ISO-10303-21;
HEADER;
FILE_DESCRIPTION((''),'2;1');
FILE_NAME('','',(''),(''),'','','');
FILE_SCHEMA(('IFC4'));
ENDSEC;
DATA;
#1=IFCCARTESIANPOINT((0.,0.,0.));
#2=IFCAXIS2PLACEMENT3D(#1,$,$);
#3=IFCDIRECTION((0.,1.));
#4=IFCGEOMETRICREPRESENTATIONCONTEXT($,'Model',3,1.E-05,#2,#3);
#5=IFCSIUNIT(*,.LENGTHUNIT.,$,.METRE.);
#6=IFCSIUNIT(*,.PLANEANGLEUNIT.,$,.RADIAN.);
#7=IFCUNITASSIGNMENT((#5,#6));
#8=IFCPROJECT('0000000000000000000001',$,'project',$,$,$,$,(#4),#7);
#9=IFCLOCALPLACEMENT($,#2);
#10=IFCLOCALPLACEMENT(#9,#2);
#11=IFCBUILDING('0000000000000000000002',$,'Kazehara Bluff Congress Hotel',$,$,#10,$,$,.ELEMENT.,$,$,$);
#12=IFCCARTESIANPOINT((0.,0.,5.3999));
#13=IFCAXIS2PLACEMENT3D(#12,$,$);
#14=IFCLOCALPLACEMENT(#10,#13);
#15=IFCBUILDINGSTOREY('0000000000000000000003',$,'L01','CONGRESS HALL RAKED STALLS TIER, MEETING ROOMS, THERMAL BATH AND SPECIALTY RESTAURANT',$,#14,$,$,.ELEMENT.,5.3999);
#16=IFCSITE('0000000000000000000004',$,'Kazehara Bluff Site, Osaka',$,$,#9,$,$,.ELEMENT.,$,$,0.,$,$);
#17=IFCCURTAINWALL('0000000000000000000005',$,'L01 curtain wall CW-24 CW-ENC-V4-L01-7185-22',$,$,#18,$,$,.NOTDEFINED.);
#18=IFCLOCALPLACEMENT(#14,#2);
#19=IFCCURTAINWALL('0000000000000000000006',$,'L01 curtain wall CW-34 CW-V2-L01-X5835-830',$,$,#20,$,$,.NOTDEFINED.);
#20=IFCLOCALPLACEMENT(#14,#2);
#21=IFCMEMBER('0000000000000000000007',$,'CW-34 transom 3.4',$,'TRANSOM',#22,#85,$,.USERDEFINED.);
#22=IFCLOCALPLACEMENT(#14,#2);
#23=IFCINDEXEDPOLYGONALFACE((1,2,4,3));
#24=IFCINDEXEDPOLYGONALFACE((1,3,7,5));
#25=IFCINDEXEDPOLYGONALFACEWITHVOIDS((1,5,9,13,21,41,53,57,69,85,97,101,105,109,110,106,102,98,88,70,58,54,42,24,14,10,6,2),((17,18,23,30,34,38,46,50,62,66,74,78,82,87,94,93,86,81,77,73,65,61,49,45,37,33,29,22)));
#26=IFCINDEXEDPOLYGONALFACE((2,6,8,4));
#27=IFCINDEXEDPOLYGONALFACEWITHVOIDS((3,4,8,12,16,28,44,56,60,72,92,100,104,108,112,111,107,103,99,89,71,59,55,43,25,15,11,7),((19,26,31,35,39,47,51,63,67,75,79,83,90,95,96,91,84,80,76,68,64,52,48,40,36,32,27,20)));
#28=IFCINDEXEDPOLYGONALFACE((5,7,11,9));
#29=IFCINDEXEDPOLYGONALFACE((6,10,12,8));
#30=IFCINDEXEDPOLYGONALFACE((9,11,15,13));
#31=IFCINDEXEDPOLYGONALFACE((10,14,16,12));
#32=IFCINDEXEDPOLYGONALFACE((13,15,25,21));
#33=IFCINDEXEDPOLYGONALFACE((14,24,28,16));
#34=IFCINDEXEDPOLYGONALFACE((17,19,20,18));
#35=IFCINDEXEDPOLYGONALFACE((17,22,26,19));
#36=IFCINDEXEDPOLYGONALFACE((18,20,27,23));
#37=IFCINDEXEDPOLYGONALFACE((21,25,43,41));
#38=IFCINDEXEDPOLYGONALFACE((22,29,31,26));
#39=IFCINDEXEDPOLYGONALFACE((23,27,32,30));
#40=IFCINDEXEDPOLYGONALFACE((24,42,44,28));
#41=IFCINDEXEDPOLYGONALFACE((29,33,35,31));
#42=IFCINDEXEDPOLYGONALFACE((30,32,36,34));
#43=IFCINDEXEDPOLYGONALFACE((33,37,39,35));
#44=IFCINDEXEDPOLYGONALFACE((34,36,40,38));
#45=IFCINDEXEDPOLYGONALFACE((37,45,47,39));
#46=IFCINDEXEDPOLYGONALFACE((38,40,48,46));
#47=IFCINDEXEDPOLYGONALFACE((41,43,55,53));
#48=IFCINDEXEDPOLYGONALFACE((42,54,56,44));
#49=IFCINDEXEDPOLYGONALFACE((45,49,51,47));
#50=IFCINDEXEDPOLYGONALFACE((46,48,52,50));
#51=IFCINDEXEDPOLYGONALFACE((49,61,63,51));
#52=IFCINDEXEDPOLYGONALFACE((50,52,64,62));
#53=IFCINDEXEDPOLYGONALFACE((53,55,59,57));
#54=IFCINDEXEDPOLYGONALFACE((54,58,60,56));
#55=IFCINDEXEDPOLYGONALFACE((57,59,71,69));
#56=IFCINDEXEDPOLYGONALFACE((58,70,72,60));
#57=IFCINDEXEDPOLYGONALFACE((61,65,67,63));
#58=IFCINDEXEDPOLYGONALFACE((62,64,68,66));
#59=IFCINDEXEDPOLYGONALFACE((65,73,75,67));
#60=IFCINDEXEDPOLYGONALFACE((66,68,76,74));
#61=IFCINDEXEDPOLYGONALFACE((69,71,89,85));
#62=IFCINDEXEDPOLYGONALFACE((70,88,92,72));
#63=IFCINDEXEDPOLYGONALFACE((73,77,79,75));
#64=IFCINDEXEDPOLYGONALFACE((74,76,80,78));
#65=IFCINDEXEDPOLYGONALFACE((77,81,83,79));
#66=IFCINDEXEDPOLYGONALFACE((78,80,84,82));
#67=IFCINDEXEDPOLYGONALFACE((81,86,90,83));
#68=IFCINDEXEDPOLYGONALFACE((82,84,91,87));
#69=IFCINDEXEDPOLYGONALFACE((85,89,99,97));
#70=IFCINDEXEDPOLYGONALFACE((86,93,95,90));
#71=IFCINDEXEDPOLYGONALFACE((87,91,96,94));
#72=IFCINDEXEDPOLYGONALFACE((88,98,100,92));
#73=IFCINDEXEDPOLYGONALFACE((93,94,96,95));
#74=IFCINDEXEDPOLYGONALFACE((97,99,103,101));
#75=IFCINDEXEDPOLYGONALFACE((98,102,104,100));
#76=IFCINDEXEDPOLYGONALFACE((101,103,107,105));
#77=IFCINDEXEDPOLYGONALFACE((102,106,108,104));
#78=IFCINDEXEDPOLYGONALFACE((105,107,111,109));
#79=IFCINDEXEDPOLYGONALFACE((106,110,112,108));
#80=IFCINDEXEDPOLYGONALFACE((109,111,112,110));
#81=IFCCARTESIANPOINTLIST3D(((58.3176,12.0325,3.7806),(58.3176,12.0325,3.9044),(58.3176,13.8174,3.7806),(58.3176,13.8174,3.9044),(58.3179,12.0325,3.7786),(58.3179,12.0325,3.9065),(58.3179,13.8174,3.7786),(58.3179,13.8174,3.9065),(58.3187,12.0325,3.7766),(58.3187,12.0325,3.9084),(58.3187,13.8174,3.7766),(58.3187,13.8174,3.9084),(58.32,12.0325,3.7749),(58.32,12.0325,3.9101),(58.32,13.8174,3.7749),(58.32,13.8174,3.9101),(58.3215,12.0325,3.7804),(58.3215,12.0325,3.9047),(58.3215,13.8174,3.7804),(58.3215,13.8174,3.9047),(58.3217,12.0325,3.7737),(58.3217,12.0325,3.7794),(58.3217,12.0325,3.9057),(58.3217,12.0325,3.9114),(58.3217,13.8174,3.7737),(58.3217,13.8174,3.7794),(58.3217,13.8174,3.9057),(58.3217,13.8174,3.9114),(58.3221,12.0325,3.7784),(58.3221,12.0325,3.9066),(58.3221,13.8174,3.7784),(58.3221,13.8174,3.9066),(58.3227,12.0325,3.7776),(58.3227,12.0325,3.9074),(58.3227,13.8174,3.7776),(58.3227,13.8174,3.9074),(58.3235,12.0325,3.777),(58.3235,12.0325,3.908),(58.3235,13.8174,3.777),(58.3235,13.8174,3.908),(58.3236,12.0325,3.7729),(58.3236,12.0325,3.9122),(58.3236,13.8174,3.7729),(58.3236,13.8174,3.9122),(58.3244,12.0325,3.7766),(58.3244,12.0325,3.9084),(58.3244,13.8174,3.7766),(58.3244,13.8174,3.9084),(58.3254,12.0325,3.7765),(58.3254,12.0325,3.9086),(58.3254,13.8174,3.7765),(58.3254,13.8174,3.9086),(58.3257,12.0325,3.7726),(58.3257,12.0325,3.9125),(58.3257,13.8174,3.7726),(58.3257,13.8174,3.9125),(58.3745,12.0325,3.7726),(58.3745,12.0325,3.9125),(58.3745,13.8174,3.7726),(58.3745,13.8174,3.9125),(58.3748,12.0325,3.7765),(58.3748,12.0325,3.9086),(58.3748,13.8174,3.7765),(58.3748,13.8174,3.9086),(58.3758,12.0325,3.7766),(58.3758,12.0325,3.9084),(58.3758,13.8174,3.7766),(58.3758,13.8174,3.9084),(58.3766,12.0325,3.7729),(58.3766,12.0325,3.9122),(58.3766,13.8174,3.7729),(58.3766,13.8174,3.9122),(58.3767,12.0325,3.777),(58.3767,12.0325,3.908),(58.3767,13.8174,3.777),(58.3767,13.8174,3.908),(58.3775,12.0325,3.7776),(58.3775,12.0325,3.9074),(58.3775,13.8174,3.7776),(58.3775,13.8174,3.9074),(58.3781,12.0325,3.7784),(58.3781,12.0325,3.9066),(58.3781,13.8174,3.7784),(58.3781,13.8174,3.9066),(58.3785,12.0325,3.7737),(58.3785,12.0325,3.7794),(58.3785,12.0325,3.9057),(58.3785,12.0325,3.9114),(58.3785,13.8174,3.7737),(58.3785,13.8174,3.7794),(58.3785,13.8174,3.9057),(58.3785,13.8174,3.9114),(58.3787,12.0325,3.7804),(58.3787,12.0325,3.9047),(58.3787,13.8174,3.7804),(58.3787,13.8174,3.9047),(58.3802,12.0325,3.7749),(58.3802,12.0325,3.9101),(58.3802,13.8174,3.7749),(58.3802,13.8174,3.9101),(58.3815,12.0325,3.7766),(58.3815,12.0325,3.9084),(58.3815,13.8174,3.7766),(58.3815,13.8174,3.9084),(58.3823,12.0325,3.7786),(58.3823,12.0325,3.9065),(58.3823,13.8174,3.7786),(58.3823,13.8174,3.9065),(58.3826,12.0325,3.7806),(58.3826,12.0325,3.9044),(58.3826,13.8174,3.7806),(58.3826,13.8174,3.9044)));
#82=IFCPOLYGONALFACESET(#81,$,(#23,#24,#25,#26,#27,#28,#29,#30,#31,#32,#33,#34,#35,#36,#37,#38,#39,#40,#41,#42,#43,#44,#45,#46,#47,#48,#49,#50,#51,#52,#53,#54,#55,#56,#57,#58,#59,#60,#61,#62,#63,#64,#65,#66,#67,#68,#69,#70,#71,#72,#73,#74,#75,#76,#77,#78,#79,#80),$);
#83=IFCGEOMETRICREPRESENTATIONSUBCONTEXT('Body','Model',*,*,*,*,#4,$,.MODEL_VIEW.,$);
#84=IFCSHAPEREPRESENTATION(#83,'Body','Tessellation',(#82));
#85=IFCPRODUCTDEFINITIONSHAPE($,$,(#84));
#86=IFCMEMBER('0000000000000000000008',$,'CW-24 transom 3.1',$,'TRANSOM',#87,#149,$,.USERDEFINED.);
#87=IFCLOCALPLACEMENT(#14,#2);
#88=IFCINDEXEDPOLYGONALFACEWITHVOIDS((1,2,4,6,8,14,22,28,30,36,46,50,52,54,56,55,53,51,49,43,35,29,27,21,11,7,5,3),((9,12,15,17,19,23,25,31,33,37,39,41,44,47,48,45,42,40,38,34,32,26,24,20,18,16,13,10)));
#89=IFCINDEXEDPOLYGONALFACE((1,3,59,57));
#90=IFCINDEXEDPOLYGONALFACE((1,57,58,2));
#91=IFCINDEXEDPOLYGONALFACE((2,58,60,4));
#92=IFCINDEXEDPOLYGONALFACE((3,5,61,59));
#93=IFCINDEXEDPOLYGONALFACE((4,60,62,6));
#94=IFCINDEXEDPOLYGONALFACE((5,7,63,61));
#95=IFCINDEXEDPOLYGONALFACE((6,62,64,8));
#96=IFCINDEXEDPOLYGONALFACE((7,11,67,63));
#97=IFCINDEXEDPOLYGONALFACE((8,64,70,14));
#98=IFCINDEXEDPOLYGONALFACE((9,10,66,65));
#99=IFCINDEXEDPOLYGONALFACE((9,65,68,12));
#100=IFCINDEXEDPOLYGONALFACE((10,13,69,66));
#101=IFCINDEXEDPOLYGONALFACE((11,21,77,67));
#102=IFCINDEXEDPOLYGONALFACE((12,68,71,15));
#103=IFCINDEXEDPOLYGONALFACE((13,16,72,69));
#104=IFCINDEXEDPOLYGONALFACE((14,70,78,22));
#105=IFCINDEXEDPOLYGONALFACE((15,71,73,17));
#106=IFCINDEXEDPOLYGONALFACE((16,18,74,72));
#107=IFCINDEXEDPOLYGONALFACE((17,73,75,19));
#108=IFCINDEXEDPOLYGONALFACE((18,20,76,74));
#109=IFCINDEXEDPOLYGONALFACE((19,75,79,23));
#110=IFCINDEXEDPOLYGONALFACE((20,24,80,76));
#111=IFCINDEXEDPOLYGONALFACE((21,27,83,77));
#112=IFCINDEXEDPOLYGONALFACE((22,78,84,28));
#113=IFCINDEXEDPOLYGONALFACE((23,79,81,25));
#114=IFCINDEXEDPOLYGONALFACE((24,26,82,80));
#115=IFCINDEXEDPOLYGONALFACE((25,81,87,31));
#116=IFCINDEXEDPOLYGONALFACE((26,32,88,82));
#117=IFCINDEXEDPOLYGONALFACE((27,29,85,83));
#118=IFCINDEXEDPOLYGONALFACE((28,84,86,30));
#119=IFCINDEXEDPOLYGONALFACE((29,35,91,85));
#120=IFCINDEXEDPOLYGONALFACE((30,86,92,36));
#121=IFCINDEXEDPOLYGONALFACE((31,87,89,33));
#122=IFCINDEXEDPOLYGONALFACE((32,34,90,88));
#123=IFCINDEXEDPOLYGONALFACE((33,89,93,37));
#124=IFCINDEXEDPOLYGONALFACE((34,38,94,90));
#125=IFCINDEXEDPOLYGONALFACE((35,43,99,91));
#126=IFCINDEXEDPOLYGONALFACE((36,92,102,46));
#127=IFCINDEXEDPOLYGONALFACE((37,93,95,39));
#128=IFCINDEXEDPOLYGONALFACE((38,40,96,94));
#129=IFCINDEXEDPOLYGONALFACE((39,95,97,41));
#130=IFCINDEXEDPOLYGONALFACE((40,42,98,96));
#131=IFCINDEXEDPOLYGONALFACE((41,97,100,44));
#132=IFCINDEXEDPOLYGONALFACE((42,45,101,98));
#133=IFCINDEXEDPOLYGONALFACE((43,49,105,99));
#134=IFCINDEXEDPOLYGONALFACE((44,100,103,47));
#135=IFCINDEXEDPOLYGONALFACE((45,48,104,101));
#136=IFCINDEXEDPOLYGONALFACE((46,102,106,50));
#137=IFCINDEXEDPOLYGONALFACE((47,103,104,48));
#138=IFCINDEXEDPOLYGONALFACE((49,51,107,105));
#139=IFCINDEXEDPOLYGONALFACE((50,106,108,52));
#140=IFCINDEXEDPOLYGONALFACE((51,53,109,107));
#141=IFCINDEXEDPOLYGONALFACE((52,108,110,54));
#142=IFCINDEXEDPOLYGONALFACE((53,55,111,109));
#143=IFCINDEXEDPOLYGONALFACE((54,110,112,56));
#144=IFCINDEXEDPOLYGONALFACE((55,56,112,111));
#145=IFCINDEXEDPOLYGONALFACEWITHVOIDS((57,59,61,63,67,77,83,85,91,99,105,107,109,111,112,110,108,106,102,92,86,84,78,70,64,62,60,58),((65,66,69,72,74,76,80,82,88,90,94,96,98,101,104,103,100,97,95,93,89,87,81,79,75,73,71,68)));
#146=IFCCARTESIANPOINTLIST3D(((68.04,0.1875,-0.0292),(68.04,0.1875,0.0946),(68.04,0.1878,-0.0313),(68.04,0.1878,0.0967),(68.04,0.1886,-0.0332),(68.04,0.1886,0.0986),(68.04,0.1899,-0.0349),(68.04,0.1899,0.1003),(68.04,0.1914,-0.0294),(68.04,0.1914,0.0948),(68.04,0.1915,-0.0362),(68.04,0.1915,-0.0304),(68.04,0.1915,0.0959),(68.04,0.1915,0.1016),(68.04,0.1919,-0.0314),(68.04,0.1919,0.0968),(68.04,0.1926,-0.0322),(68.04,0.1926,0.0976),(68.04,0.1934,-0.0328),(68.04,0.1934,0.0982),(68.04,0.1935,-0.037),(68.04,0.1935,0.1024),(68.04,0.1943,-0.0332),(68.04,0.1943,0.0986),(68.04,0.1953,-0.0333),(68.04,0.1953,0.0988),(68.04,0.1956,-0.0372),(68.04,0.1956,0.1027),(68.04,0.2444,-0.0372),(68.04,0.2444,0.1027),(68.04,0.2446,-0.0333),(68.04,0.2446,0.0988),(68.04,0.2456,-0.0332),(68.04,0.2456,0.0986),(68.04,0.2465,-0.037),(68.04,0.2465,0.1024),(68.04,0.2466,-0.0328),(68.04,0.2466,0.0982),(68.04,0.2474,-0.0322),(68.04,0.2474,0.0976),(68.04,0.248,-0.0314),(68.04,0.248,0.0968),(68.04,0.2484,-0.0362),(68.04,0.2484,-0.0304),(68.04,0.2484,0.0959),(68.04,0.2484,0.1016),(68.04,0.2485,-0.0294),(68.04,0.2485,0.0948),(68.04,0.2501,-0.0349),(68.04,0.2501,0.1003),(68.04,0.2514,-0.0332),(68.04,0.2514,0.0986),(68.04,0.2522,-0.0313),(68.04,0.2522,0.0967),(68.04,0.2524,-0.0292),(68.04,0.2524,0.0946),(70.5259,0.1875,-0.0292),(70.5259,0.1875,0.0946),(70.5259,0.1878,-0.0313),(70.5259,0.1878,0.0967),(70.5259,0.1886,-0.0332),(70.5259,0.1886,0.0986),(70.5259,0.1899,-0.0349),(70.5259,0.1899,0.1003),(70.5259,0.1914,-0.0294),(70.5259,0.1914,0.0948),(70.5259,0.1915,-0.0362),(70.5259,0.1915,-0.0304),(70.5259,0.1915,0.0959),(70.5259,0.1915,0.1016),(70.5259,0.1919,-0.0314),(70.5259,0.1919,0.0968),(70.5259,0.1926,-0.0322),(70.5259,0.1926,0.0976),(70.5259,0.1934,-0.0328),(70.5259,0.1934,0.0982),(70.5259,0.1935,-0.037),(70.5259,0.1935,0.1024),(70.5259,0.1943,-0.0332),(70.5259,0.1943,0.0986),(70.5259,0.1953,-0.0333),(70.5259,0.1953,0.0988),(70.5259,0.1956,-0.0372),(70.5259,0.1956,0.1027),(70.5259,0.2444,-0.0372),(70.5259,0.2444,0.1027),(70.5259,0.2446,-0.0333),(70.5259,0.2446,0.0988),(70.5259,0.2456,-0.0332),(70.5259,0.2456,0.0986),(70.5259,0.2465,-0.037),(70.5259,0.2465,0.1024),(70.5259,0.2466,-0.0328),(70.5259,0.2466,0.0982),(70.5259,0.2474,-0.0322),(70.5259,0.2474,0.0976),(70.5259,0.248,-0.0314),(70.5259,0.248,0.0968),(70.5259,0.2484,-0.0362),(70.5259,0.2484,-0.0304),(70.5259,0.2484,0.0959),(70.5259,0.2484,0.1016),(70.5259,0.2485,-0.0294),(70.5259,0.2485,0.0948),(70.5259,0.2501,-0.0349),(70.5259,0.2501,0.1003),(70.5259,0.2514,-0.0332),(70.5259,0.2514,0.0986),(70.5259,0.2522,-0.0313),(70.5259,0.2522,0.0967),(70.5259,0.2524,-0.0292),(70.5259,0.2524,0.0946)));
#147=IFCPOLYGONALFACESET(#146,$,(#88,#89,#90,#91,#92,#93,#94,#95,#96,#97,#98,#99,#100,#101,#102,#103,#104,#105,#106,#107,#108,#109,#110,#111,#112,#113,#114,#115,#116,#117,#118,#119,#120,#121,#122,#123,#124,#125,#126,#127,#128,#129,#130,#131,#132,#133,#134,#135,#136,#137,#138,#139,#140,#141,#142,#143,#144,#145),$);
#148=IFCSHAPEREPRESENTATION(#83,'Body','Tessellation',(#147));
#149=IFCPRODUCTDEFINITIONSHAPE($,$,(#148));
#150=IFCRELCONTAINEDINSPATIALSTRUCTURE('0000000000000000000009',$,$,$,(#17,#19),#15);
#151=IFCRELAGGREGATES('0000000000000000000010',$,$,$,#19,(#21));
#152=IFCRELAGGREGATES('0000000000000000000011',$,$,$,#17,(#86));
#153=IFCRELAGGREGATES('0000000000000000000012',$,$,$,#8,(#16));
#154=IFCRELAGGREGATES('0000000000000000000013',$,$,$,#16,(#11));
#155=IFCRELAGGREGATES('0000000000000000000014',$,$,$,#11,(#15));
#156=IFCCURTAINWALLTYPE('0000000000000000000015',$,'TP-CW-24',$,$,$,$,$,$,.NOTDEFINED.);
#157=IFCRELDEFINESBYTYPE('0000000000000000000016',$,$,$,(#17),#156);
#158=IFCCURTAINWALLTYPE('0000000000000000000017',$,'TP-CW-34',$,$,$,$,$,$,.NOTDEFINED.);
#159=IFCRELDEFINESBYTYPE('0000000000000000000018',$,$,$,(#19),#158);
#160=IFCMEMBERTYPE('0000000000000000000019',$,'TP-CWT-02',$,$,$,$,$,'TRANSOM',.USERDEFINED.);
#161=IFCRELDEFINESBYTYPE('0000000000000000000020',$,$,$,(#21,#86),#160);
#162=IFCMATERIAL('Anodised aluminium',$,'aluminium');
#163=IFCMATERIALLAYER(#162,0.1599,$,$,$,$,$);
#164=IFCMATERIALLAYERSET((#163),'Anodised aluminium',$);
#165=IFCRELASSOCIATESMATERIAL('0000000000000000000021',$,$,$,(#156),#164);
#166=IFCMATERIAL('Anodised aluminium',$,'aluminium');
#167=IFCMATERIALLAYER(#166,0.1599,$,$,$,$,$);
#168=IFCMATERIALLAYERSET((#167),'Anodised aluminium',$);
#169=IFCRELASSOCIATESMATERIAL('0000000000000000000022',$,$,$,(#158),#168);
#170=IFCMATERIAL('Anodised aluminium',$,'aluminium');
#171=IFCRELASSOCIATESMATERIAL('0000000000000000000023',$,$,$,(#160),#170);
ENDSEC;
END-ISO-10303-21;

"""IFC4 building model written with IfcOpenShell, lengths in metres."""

from ifc_helpers import new_model, si_unit, direction, frame, origin, origin_2d, place, context, subcontext, project, spatial, hollow_rectangle, extrude, material, layer, layer_set, material_profile, profile_set, type_object, element, aggregate, save


model = new_model("IFC4")

# Units and contexts
model_context = context("Model", 3, precision=1e-05, world=origin(), true_north=direction((0.0, 1.0)))
body_context = subcontext(model_context, "Body", "Model", "MODEL_VIEW")
ifc_project = project(units=[si_unit("LENGTHUNIT", "METRE"), si_unit("PLANEANGLEUNIT", "RADIAN")], contexts=[model_context])

# Site, building, storey
site_placement = place(None, origin())
site = spatial("IfcSite", under=ifc_project, at=site_placement, Name="Kazehara Bluff Site, Osaka", CompositionType="ELEMENT", RefElevation=0.0)
building_placement = place(site_placement, origin())
building = spatial("IfcBuilding", under=site, at=building_placement, Name="Kazehara Bluff Congress Hotel", CompositionType="ELEMENT")
storey_placement = place(building_placement, frame((0.0, 0.0, 5.3999)))
storey = spatial("IfcBuildingStorey", under=building, at=storey_placement, Name="L01", Description="CONGRESS HALL RAKED STALLS TIER, MEETING ROOMS, THERMAL BATH AND SPECIALTY RESTAURANT", CompositionType="ELEMENT", Elevation=5.3999)

# Curtain wall
ifc_material_1 = material(Name="Anodised aluminium", Category="aluminium")
ifc_layer_1 = layer(ifc_material_1, 0.1599)
ifc_layer_set_1 = layer_set([ifc_layer_1], Name="Anodised aluminium")
curtain_wall_type_1 = type_object("IfcCurtainWallType", Name="TP-CW-24", PredefinedType="NOTDEFINED", material=ifc_layer_set_1)
curtain_wall_1_placement = place(storey_placement, origin())
curtain_wall_1 = element("IfcCurtainWall", 1, at=curtain_wall_1_placement, inside=storey, type_object=curtain_wall_type_1, Name="L01 curtain wall CW-24 CW-ENC-V4-L01-7185-22", PredefinedType="NOTDEFINED")

# Curtain wall, member
ifc_material_2 = material(Name="Anodised aluminium", Category="aluminium")
ifc_layer_2 = layer(ifc_material_2, 0.1599)
ifc_layer_set_2 = layer_set([ifc_layer_2], Name="Anodised aluminium")
curtain_wall_type_2 = type_object("IfcCurtainWallType", Name="TP-CW-34", PredefinedType="NOTDEFINED", material=ifc_layer_set_2)
curtain_wall_2_placement = place(storey_placement, origin())
curtain_wall_2 = element("IfcCurtainWall", 2, at=curtain_wall_2_placement, inside=storey, type_object=curtain_wall_type_2, Name="L01 curtain wall CW-34 CW-V2-L01-X5835-830", PredefinedType="NOTDEFINED")
ifc_material_3 = material(Name="Anodised aluminium", Category="aluminium")
ifc_material_profile_1 = material_profile(ifc_material_3, hollow_rectangle(XDim=0.0649, YDim=0.1399, WallThickness=0.0039, InnerFilletRadius=0.0039, OuterFilletRadius=0.0081, at=origin_2d()))
ifc_profile_set_1 = profile_set([ifc_material_profile_1], Name="Anodised aluminium")
member_type_1 = type_object("IfcMemberType", Name="TP-CWT-02", ElementType="TRANSOM", PredefinedType="USERDEFINED", material=ifc_profile_set_1)
member_1_placement = place(storey_placement, frame((58.3501, 12.0325, 3.8425), z_axis=(0.0, 1.0, 0.0), x_axis=(-1.0, 0.0, 0.0)))
member_1 = element("IfcMember", 3, at=member_1_placement, type_object=member_type_1, Name="CW-34 transom 3.4", ObjectType="TRANSOM", PredefinedType="USERDEFINED", context=body_context, shape_type="SweptSolid", body=[
    extrude(hollow_rectangle(XDim=0.0649, YDim=0.1399, WallThickness=0.0039, InnerFilletRadius=0.0039, OuterFilletRadius=0.0081, at=origin_2d()), origin(), (0.0, 0.0, 1.0), 1.7849),
])

# Member
member_2_placement = place(storey_placement, frame((70.5259, 0.22, 0.0327), z_axis=(-1.0, 0.0, 0.0), x_axis=(0.0, -1.0, 0.0)))
member_2 = element("IfcMember", 4, at=member_2_placement, type_object=member_type_1, Name="CW-24 transom 3.1", ObjectType="TRANSOM", PredefinedType="USERDEFINED", context=body_context, shape_type="SweptSolid", body=[
    extrude(hollow_rectangle(XDim=0.0649, YDim=0.1399, WallThickness=0.0039, InnerFilletRadius=0.0039, OuterFilletRadius=0.0081, at=origin_2d()), origin(), (0.0, 0.0, 1.0), 2.4858),
])

aggregate(curtain_wall_2, [member_1])
aggregate(curtain_wall_1, [member_2])

save(model, "model.ifc")
